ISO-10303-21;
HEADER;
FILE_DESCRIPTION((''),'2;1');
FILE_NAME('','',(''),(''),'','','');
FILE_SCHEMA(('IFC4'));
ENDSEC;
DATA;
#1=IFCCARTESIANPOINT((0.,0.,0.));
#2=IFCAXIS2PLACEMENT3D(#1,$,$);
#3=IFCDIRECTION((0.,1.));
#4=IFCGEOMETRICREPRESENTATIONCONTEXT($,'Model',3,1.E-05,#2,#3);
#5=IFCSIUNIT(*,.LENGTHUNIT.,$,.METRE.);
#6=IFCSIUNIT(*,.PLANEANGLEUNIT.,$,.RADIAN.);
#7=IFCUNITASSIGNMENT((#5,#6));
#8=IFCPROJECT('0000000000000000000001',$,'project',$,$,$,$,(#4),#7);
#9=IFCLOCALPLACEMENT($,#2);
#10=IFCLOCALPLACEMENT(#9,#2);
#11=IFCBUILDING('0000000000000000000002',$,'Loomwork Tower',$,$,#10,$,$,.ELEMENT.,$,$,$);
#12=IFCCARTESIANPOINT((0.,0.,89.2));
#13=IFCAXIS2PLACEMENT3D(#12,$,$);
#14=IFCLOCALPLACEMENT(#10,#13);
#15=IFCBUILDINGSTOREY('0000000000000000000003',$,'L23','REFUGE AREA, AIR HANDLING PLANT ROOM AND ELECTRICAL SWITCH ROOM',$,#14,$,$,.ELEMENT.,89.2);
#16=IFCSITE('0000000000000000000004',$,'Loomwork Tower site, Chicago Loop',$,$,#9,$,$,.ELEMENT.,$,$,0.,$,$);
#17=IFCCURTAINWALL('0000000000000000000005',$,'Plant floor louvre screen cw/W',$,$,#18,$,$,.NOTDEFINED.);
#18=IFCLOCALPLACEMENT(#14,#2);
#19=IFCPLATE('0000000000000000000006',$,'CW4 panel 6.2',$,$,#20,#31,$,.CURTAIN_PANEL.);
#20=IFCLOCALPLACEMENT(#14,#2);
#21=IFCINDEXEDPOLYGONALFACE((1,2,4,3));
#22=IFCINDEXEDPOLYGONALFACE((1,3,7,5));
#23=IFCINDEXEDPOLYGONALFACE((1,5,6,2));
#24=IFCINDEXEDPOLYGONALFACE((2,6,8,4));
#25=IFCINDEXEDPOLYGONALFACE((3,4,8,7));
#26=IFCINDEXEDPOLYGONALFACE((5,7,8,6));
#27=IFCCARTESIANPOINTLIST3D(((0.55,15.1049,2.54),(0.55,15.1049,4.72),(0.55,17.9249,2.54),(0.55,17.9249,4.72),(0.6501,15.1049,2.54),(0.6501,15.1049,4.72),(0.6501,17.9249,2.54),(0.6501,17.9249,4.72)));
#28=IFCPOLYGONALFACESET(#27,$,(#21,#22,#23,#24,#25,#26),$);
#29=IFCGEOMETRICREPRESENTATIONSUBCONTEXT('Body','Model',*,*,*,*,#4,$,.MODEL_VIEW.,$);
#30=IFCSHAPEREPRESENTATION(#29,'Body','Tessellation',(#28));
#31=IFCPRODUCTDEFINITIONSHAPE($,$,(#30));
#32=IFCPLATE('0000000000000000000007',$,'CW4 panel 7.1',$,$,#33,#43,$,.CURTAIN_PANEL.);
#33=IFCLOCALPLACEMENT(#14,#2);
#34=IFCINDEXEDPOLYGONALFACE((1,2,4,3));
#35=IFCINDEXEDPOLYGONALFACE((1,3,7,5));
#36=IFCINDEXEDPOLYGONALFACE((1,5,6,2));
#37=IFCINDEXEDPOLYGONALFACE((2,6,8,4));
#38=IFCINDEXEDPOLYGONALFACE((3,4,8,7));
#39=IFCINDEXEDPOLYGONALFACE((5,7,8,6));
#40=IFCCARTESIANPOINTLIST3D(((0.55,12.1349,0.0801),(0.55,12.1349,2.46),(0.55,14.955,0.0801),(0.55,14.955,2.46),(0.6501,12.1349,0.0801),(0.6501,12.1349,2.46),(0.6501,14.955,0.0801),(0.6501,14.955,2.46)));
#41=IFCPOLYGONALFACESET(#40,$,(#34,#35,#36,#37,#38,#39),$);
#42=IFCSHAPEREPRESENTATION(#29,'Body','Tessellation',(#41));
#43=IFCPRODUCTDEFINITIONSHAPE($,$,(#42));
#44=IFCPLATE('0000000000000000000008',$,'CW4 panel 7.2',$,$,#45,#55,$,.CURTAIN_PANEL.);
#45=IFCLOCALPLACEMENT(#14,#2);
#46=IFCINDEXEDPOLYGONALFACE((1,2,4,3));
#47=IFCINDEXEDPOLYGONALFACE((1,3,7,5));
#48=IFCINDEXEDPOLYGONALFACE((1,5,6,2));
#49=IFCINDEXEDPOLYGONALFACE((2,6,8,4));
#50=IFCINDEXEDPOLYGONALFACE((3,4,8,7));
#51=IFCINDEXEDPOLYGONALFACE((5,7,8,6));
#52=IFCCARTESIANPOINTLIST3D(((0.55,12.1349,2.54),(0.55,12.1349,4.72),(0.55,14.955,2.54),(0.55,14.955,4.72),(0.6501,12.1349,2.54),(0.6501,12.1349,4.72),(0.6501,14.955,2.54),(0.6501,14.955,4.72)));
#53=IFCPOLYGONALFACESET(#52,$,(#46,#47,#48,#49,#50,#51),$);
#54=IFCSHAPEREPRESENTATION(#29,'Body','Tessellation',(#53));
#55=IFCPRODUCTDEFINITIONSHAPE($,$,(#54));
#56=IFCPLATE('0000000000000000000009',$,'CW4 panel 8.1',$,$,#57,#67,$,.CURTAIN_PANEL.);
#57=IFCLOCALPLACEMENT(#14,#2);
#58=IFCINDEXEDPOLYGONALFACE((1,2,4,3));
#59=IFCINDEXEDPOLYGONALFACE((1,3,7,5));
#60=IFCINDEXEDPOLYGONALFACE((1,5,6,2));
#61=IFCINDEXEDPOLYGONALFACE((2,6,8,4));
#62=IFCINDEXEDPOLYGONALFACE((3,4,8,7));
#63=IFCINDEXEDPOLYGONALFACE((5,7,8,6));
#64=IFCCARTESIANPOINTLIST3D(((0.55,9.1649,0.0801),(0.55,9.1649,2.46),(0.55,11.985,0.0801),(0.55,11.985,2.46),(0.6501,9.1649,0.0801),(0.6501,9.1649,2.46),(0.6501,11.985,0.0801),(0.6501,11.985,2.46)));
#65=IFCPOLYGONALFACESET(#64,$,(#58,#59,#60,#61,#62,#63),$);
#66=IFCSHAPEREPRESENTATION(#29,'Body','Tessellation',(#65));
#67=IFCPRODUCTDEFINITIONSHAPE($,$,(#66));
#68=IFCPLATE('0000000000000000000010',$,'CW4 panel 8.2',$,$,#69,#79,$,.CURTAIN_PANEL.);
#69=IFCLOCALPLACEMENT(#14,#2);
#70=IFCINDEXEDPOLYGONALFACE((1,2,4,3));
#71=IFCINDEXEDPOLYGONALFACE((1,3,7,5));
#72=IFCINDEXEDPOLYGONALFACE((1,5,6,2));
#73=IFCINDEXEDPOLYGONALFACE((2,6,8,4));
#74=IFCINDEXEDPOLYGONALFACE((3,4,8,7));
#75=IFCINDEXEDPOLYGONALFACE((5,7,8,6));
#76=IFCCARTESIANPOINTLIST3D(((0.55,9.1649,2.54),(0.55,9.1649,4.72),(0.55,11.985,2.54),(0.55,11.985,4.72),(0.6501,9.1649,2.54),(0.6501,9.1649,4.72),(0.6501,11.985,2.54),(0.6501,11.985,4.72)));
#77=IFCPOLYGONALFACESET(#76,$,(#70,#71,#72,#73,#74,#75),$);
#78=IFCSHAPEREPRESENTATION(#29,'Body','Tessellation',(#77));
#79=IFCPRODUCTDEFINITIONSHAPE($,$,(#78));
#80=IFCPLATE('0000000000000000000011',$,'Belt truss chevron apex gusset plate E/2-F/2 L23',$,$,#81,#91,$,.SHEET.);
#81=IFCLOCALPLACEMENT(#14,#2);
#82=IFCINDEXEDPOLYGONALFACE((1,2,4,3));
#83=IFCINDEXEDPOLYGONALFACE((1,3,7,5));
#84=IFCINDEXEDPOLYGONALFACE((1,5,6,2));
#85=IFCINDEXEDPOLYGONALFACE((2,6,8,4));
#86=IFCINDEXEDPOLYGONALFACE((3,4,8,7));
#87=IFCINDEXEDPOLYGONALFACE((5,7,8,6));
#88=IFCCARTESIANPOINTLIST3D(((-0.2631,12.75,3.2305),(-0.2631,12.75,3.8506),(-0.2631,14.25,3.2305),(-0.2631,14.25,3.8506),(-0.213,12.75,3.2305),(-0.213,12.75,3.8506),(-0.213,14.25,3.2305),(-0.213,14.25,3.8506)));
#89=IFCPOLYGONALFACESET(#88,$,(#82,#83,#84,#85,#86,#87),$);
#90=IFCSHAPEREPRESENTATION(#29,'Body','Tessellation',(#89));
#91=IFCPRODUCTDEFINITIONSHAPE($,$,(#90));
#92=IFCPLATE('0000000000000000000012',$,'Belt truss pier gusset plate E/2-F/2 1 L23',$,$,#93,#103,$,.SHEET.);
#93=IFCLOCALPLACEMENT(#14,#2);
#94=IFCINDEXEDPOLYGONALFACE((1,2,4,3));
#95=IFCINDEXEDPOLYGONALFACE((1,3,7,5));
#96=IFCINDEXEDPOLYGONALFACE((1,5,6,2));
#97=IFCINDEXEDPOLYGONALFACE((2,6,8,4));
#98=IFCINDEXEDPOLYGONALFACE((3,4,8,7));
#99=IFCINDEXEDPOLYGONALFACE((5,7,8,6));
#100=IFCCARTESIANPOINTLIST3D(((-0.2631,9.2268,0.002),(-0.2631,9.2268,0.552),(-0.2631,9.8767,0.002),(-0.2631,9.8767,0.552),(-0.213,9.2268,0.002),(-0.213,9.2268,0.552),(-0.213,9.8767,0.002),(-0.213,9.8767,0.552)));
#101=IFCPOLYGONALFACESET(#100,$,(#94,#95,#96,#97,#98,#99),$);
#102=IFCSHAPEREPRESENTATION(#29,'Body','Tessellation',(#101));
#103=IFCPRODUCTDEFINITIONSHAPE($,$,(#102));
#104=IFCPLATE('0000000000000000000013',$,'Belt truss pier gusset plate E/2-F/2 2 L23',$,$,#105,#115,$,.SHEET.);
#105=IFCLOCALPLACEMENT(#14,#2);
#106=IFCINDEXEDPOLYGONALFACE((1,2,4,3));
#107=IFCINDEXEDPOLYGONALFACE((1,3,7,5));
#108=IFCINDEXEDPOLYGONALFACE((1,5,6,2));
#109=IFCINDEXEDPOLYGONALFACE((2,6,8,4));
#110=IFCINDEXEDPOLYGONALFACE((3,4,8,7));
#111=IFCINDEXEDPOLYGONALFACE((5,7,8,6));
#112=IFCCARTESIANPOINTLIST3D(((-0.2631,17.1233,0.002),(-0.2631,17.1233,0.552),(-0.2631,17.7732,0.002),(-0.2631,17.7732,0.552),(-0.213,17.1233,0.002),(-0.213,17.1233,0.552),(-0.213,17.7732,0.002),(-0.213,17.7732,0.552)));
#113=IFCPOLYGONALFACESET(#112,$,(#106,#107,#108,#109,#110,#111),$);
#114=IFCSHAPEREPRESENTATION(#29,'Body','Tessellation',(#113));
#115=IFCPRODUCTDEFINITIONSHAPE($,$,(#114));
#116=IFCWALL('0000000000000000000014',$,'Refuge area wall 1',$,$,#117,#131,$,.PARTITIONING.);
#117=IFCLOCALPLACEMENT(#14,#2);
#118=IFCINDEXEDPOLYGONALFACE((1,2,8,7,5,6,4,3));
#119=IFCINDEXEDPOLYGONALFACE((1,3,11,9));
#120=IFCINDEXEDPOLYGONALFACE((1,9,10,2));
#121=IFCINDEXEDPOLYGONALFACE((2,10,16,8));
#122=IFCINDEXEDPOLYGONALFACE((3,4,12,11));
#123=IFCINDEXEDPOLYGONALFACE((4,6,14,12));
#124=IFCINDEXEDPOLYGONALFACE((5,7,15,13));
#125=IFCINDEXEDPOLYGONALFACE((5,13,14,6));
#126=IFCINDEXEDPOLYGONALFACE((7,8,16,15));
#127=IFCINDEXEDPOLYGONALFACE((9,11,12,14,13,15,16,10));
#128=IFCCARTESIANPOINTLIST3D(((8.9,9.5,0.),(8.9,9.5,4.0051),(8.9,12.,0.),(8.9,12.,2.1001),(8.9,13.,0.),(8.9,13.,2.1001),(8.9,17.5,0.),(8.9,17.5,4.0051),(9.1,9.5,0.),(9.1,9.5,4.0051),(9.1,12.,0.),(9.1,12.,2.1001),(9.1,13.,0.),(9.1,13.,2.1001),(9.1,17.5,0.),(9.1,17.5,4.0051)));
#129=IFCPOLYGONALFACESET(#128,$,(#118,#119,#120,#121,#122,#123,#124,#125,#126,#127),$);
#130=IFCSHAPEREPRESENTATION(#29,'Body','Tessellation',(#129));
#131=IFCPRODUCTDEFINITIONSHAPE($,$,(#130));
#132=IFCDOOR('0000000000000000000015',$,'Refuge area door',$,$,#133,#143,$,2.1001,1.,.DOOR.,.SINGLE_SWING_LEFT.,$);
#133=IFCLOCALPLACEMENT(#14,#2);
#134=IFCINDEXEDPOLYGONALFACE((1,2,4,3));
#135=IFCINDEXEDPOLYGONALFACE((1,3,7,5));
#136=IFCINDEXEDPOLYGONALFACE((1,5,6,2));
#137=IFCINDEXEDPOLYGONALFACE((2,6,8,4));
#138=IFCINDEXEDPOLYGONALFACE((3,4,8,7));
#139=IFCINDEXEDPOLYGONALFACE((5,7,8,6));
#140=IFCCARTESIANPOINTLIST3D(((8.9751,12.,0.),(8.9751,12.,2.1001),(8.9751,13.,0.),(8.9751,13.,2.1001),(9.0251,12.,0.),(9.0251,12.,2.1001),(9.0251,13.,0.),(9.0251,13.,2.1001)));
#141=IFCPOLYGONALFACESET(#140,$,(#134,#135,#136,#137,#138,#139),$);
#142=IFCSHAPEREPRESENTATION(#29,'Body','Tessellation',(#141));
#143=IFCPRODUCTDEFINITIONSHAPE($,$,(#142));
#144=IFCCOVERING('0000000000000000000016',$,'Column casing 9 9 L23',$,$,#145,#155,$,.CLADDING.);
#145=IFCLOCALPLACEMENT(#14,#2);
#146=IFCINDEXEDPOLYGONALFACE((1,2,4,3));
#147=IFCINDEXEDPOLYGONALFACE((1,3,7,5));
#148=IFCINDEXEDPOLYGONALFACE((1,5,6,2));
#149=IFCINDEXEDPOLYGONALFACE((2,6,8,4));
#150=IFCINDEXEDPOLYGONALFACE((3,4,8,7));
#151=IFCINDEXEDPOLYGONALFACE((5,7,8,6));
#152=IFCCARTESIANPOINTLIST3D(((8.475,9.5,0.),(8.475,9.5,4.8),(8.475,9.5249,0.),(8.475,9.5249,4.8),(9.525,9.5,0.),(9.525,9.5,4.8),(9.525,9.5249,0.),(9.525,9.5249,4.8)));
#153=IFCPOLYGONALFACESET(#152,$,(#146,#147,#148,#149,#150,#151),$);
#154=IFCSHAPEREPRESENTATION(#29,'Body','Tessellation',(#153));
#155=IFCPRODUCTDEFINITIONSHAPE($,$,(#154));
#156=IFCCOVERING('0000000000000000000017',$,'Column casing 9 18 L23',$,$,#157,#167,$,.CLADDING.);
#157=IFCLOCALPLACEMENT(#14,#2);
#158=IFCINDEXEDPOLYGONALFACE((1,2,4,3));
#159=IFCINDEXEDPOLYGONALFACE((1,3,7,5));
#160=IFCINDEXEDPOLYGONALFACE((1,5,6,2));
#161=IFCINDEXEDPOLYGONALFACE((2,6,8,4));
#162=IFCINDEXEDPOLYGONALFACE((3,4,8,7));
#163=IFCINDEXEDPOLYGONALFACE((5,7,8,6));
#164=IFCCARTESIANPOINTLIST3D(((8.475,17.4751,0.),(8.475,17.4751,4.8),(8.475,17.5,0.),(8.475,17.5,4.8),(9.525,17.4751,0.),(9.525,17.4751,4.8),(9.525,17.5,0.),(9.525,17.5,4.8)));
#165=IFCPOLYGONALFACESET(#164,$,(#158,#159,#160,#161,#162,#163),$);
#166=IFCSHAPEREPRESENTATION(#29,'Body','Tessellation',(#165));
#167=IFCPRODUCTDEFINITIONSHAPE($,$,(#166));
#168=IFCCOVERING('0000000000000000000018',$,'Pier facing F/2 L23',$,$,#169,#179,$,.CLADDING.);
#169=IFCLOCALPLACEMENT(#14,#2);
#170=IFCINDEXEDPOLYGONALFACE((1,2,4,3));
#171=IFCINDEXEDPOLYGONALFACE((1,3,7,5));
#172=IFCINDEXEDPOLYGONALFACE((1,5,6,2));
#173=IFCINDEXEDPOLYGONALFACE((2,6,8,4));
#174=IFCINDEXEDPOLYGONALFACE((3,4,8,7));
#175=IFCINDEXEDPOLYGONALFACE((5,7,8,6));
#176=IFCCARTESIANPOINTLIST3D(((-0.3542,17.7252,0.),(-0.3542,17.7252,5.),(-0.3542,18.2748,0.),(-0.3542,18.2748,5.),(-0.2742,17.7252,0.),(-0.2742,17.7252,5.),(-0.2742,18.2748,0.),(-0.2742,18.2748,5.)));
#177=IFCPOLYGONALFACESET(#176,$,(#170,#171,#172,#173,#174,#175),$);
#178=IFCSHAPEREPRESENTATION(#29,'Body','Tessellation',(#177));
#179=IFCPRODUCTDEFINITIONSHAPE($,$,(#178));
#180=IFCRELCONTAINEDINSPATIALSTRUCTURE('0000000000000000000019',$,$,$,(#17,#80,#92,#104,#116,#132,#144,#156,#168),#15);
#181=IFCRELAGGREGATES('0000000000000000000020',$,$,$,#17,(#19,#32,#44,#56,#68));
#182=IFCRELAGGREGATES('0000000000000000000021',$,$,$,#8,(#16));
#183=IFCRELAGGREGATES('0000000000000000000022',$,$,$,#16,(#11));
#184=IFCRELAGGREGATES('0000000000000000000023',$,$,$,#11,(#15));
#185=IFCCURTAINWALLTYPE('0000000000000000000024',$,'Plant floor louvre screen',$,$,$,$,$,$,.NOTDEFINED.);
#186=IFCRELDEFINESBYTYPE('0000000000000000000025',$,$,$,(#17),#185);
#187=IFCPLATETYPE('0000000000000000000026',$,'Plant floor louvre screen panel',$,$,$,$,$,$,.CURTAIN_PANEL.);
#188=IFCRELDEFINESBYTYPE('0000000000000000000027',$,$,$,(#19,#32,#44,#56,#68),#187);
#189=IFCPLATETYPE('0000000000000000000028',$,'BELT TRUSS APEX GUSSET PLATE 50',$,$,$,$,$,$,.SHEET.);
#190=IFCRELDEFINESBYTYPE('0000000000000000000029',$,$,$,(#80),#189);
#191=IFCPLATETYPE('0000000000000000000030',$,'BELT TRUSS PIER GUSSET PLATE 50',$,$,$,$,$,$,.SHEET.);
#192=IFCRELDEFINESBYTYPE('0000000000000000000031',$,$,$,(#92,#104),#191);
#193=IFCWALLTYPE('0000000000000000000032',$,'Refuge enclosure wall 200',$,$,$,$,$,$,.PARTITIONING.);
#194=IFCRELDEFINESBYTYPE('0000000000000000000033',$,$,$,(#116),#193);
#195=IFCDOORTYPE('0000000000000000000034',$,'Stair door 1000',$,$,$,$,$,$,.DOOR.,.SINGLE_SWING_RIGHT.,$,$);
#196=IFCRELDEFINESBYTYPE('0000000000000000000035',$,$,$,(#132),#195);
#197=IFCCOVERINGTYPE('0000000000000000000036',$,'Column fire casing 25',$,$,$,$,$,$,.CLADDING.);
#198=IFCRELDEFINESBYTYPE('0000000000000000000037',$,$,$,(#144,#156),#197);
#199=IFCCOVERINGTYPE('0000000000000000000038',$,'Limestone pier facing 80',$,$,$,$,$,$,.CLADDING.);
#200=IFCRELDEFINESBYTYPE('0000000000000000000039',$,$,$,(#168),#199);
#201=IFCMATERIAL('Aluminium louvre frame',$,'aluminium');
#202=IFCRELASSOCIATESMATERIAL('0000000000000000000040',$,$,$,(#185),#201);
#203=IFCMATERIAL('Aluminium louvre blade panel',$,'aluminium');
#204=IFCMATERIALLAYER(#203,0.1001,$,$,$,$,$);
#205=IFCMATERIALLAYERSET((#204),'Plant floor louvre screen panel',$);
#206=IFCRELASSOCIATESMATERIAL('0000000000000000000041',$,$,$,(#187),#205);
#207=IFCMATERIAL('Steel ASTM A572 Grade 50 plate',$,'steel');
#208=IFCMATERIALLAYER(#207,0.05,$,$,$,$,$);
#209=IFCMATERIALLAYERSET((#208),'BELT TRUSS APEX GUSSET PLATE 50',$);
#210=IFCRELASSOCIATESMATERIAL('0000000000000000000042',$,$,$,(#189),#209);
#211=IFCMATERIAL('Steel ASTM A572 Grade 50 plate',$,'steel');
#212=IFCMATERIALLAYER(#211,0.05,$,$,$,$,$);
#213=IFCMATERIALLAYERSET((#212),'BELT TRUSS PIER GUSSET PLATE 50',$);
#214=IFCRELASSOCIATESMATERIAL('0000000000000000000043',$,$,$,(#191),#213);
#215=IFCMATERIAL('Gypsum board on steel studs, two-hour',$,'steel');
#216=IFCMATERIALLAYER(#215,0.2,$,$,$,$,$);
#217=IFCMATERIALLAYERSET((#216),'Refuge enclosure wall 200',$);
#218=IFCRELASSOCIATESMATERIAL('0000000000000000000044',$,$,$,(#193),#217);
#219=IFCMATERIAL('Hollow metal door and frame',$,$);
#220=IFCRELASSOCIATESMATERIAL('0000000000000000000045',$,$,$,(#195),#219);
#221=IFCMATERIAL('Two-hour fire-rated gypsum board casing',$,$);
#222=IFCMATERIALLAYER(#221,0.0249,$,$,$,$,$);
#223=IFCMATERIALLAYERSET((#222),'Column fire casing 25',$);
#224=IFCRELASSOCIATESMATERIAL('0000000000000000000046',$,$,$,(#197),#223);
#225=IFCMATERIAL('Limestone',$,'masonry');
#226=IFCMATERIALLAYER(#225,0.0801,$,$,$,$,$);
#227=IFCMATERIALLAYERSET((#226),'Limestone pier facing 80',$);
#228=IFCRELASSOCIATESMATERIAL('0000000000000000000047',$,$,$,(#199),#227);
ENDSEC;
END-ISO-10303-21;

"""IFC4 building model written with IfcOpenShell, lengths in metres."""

from ifc_helpers import new_model, si_unit, direction, frame, frame_2d, origin, origin_2d, place, context, subcontext, project, spatial, rectangle, extrude, material, layer, layer_set, type_object, element, fill, aggregate, save


model = new_model("IFC4")

# Units and contexts
model_context = context("Model", 3, precision=1e-05, world=origin(), true_north=direction((0.0, 1.0)))
body_context = subcontext(model_context, "Body", "Model", "MODEL_VIEW")
ifc_project = project(units=[si_unit("LENGTHUNIT", "METRE"), si_unit("PLANEANGLEUNIT", "RADIAN")], contexts=[model_context])

# Site, building, storey
site_placement = place(None, origin())
site = spatial("IfcSite", under=ifc_project, at=site_placement, Name="Loomwork Tower site, Chicago Loop", CompositionType="ELEMENT", RefElevation=0.0)
building_placement = place(site_placement, origin())
building = spatial("IfcBuilding", under=site, at=building_placement, Name="Loomwork Tower", CompositionType="ELEMENT")
storey_placement = place(building_placement, frame((0.0, 0.0, 89.2)))
storey = spatial("IfcBuildingStorey", under=building, at=storey_placement, Name="L23", Description="REFUGE AREA, AIR HANDLING PLANT ROOM AND ELECTRICAL SWITCH ROOM", CompositionType="ELEMENT", Elevation=89.2)

# Curtain wall, plates
ifc_material_1 = material(Name="Aluminium louvre frame", Category="aluminium")
curtain_wall_type = type_object("IfcCurtainWallType", Name="Plant floor louvre screen", PredefinedType="NOTDEFINED", material=ifc_material_1)
curtain_wall_placement = place(storey_placement, origin())
curtain_wall = element("IfcCurtainWall", 1, at=curtain_wall_placement, inside=storey, type_object=curtain_wall_type, Name="Plant floor louvre screen cw/W", PredefinedType="NOTDEFINED")
ifc_material_2 = material(Name="Aluminium louvre blade panel", Category="aluminium")
ifc_layer_1 = layer(ifc_material_2, 0.1001)
ifc_layer_set_1 = layer_set([ifc_layer_1], Name="Plant floor louvre screen panel")
plate_type_1 = type_object("IfcPlateType", Name="Plant floor louvre screen panel", PredefinedType="CURTAIN_PANEL", material=ifc_layer_set_1)
plate_1_placement = place(storey_placement, frame((0.6001, 16.5149, 2.54), z_axis=(0.0, 0.0, 1.0), x_axis=(0.0, -1.0, 0.0)))
plate_1 = element("IfcPlate", 2, at=plate_1_placement, type_object=plate_type_1, Name="CW4 panel 6.2", PredefinedType="CURTAIN_PANEL", context=body_context, shape_type="SweptSolid", body=[
    extrude(rectangle(XDim=2.8201, YDim=0.1001, at=origin_2d()), origin(), (0.0, 0.0, 1.0), 2.1799),
])
plate_2_placement = place(storey_placement, frame((0.6001, 13.5449, 0.0801), z_axis=(0.0, 0.0, 1.0), x_axis=(0.0, -1.0, 0.0)))
plate_2 = element("IfcPlate", 3, at=plate_2_placement, type_object=plate_type_1, Name="CW4 panel 7.1", PredefinedType="CURTAIN_PANEL", context=body_context, shape_type="SweptSolid", body=[
    extrude(rectangle(XDim=2.8201, YDim=0.1001, at=origin_2d()), origin(), (0.0, 0.0, 1.0), 2.3799),
])
plate_3_placement = place(storey_placement, frame((0.6001, 13.5449, 2.54), z_axis=(0.0, 0.0, 1.0), x_axis=(0.0, -1.0, 0.0)))
plate_3 = element("IfcPlate", 4, at=plate_3_placement, type_object=plate_type_1, Name="CW4 panel 7.2", PredefinedType="CURTAIN_PANEL", context=body_context, shape_type="SweptSolid", body=[
    extrude(rectangle(XDim=2.8201, YDim=0.1001, at=origin_2d()), origin(), (0.0, 0.0, 1.0), 2.1799),
])
plate_4_placement = place(storey_placement, frame((0.6001, 10.575, 0.0801), z_axis=(0.0, 0.0, 1.0), x_axis=(0.0, -1.0, 0.0)))
plate_4 = element("IfcPlate", 5, at=plate_4_placement, type_object=plate_type_1, Name="CW4 panel 8.1", PredefinedType="CURTAIN_PANEL", context=body_context, shape_type="SweptSolid", body=[
    extrude(rectangle(XDim=2.8201, YDim=0.1001, at=origin_2d()), origin(), (0.0, 0.0, 1.0), 2.3799),
])
plate_5_placement = place(storey_placement, frame((0.6001, 10.575, 2.54), z_axis=(0.0, 0.0, 1.0), x_axis=(0.0, -1.0, 0.0)))
plate_5 = element("IfcPlate", 6, at=plate_5_placement, type_object=plate_type_1, Name="CW4 panel 8.2", PredefinedType="CURTAIN_PANEL", context=body_context, shape_type="SweptSolid", body=[
    extrude(rectangle(XDim=2.8201, YDim=0.1001, at=origin_2d()), origin(), (0.0, 0.0, 1.0), 2.1799),
])
aggregate(curtain_wall, [plate_1, plate_2, plate_3, plate_4, plate_5])

# Plates
ifc_material_3 = material(Name="Steel ASTM A572 Grade 50 plate", Category="steel")
ifc_layer_2 = layer(ifc_material_3, 0.05)
ifc_layer_set_2 = layer_set([ifc_layer_2], Name="BELT TRUSS APEX GUSSET PLATE 50")
plate_type_2 = type_object("IfcPlateType", Name="BELT TRUSS APEX GUSSET PLATE 50", PredefinedType="SHEET", material=ifc_layer_set_2)
plate_6_placement = place(storey_placement, frame((-0.238, 13.5, 3.2305), z_axis=(0.0, 0.0, 1.0), x_axis=(0.0, 1.0, 0.0)))
element("IfcPlate", 7, at=plate_6_placement, inside=storey, type_object=plate_type_2, Name="Belt truss chevron apex gusset plate E/2-F/2 L23", PredefinedType="SHEET", context=body_context, shape_type="SweptSolid", body=[
    extrude(rectangle(XDim=1.5, YDim=0.05, at=origin_2d()), origin(), (0.0, 0.0, 1.0), 0.6201),
])
ifc_material_4 = material(Name="Steel ASTM A572 Grade 50 plate", Category="steel")
ifc_layer_3 = layer(ifc_material_4, 0.05)
ifc_layer_set_3 = layer_set([ifc_layer_3], Name="BELT TRUSS PIER GUSSET PLATE 50")
plate_type_3 = type_object("IfcPlateType", Name="BELT TRUSS PIER GUSSET PLATE 50", PredefinedType="SHEET", material=ifc_layer_set_3)
for number, where, z_axis, x_axis, name in (
    (8, (-0.238, 9.5518, 0.002), (0.0, 0.0, 1.0), (0.0, 1.0, 0.0), "Belt truss pier gusset plate E/2-F/2 1 L23"),
    (9, (-0.238, 17.4482, 0.002), (0.0, 0.0, 1.0), (0.0, 1.0, 0.0), "Belt truss pier gusset plate E/2-F/2 2 L23"),
):
    element("IfcPlate", number, at=place(storey_placement, frame(where, z_axis=z_axis, x_axis=x_axis)), inside=storey, type_object=plate_type_3, Name=name, PredefinedType="SHEET", context=body_context, shape_type="SweptSolid", body=[
        extrude(rectangle(XDim=0.6499, YDim=0.05, at=origin_2d()), origin(), (0.0, 0.0, 1.0), 0.55),
    ])

# Wall, opening, door
ifc_material_5 = material(Name="Gypsum board on steel studs, two-hour", Category="steel")
ifc_layer_4 = layer(ifc_material_5, 0.2)
ifc_layer_set_4 = layer_set([ifc_layer_4], Name="Refuge enclosure wall 200")
wall_type = type_object("IfcWallType", Name="Refuge enclosure wall 200", PredefinedType="PARTITIONING", material=ifc_layer_set_4)
wall_placement = place(storey_placement, frame((9.0, 9.5, 0.0), z_axis=(0.0, 0.0, 1.0), x_axis=(0.0, 1.0, 0.0)))
wall = element("IfcWall", 10, at=wall_placement, inside=storey, type_object=wall_type, Name="Refuge area wall 1", PredefinedType="PARTITIONING", context=body_context, shape_type="SweptSolid", body=[
    extrude(rectangle(XDim=8.0, YDim=0.2, at=frame_2d((4.0, 0.0))), origin(), (0.0, 0.0, 1.0), 4.0051),
])
opening_placement = place(wall_placement, frame((2.5, 0.0, 0.0)))
opening = element("IfcOpeningElement", 11, at=opening_placement, cuts=wall, PredefinedType="OPENING", context=body_context, shape_type="SweptSolid", body=[
    extrude(rectangle(XDim=1.0, YDim=2.1001, at=frame_2d((0.5, 1.05))), frame((0.0, 0.1099, 0.0), z_axis=(0.0, -1.0, 0.0), x_axis=(1.0, 0.0, 0.0)), (0.0, 0.0, 1.0), 0.22),
])
ifc_material_6 = material(Name="Hollow metal door and frame")
door_type = type_object("IfcDoorType", Name="Stair door 1000", OperationType="SINGLE_SWING_RIGHT", PredefinedType="DOOR", material=ifc_material_6)
door_placement = place(opening_placement, origin())
door = element("IfcDoor", 12, at=door_placement, inside=storey, type_object=door_type, Name="Refuge area door", OperationType="SINGLE_SWING_LEFT", OverallHeight=2.1001, OverallWidth=1.0, PredefinedType="DOOR", context=body_context, shape_type="SweptSolid", body=[
    extrude(rectangle(XDim=1.0, YDim=2.1001, at=frame_2d((0.5, 1.05))), frame((0.0, 0.0249, 0.0), z_axis=(0.0, -1.0, 0.0), x_axis=(1.0, 0.0, 0.0)), (0.0, 0.0, 1.0), 0.05),
])
fill(opening, door)

# Coverings
ifc_material_7 = material(Name="Two-hour fire-rated gypsum board casing")
ifc_layer_5 = layer(ifc_material_7, 0.0249)
ifc_layer_set_5 = layer_set([ifc_layer_5], Name="Column fire casing 25")
covering_type_1 = type_object("IfcCoveringType", Name="Column fire casing 25", PredefinedType="CLADDING", material=ifc_layer_set_5)
for number, where, z_axis, x_axis, name in (
    (13, (9.0, 9.5125, 0.0), (0.0, 0.0, 1.0), (1.0, 0.0, 0.0), "Column casing 9 9 L23"),
    (14, (9.0, 17.4875, 0.0), (0.0, 0.0, 1.0), (1.0, 0.0, 0.0), "Column casing 9 18 L23"),
):
    element("IfcCovering", number, at=place(storey_placement, frame(where, z_axis=z_axis, x_axis=x_axis)), inside=storey, type_object=covering_type_1, Name=name, PredefinedType="CLADDING", context=body_context, shape_type="SweptSolid", body=[
        extrude(rectangle(XDim=1.05, YDim=0.0249, at=origin_2d()), origin(), (0.0, 0.0, 1.0), 4.8),
    ])
ifc_material_8 = material(Name="Limestone", Category="masonry")
ifc_layer_6 = layer(ifc_material_8, 0.0801)
ifc_layer_set_6 = layer_set([ifc_layer_6], Name="Limestone pier facing 80")
covering_type_2 = type_object("IfcCoveringType", Name="Limestone pier facing 80", PredefinedType="CLADDING", material=ifc_layer_set_6)
covering_placement = place(storey_placement, frame((-0.3142, 18.0, 0.0), z_axis=(0.0, 0.0, 1.0), x_axis=(1.0, 0.0, 0.0)))
element("IfcCovering", 15, at=covering_placement, inside=storey, type_object=covering_type_2, Name="Pier facing F/2 L23", PredefinedType="CLADDING", context=body_context, shape_type="SweptSolid", body=[
    extrude(rectangle(XDim=0.0801, YDim=0.5496, at=origin_2d()), origin(), (0.0, 0.0, 1.0), 5.0),
])

save(model, "model.ifc")
